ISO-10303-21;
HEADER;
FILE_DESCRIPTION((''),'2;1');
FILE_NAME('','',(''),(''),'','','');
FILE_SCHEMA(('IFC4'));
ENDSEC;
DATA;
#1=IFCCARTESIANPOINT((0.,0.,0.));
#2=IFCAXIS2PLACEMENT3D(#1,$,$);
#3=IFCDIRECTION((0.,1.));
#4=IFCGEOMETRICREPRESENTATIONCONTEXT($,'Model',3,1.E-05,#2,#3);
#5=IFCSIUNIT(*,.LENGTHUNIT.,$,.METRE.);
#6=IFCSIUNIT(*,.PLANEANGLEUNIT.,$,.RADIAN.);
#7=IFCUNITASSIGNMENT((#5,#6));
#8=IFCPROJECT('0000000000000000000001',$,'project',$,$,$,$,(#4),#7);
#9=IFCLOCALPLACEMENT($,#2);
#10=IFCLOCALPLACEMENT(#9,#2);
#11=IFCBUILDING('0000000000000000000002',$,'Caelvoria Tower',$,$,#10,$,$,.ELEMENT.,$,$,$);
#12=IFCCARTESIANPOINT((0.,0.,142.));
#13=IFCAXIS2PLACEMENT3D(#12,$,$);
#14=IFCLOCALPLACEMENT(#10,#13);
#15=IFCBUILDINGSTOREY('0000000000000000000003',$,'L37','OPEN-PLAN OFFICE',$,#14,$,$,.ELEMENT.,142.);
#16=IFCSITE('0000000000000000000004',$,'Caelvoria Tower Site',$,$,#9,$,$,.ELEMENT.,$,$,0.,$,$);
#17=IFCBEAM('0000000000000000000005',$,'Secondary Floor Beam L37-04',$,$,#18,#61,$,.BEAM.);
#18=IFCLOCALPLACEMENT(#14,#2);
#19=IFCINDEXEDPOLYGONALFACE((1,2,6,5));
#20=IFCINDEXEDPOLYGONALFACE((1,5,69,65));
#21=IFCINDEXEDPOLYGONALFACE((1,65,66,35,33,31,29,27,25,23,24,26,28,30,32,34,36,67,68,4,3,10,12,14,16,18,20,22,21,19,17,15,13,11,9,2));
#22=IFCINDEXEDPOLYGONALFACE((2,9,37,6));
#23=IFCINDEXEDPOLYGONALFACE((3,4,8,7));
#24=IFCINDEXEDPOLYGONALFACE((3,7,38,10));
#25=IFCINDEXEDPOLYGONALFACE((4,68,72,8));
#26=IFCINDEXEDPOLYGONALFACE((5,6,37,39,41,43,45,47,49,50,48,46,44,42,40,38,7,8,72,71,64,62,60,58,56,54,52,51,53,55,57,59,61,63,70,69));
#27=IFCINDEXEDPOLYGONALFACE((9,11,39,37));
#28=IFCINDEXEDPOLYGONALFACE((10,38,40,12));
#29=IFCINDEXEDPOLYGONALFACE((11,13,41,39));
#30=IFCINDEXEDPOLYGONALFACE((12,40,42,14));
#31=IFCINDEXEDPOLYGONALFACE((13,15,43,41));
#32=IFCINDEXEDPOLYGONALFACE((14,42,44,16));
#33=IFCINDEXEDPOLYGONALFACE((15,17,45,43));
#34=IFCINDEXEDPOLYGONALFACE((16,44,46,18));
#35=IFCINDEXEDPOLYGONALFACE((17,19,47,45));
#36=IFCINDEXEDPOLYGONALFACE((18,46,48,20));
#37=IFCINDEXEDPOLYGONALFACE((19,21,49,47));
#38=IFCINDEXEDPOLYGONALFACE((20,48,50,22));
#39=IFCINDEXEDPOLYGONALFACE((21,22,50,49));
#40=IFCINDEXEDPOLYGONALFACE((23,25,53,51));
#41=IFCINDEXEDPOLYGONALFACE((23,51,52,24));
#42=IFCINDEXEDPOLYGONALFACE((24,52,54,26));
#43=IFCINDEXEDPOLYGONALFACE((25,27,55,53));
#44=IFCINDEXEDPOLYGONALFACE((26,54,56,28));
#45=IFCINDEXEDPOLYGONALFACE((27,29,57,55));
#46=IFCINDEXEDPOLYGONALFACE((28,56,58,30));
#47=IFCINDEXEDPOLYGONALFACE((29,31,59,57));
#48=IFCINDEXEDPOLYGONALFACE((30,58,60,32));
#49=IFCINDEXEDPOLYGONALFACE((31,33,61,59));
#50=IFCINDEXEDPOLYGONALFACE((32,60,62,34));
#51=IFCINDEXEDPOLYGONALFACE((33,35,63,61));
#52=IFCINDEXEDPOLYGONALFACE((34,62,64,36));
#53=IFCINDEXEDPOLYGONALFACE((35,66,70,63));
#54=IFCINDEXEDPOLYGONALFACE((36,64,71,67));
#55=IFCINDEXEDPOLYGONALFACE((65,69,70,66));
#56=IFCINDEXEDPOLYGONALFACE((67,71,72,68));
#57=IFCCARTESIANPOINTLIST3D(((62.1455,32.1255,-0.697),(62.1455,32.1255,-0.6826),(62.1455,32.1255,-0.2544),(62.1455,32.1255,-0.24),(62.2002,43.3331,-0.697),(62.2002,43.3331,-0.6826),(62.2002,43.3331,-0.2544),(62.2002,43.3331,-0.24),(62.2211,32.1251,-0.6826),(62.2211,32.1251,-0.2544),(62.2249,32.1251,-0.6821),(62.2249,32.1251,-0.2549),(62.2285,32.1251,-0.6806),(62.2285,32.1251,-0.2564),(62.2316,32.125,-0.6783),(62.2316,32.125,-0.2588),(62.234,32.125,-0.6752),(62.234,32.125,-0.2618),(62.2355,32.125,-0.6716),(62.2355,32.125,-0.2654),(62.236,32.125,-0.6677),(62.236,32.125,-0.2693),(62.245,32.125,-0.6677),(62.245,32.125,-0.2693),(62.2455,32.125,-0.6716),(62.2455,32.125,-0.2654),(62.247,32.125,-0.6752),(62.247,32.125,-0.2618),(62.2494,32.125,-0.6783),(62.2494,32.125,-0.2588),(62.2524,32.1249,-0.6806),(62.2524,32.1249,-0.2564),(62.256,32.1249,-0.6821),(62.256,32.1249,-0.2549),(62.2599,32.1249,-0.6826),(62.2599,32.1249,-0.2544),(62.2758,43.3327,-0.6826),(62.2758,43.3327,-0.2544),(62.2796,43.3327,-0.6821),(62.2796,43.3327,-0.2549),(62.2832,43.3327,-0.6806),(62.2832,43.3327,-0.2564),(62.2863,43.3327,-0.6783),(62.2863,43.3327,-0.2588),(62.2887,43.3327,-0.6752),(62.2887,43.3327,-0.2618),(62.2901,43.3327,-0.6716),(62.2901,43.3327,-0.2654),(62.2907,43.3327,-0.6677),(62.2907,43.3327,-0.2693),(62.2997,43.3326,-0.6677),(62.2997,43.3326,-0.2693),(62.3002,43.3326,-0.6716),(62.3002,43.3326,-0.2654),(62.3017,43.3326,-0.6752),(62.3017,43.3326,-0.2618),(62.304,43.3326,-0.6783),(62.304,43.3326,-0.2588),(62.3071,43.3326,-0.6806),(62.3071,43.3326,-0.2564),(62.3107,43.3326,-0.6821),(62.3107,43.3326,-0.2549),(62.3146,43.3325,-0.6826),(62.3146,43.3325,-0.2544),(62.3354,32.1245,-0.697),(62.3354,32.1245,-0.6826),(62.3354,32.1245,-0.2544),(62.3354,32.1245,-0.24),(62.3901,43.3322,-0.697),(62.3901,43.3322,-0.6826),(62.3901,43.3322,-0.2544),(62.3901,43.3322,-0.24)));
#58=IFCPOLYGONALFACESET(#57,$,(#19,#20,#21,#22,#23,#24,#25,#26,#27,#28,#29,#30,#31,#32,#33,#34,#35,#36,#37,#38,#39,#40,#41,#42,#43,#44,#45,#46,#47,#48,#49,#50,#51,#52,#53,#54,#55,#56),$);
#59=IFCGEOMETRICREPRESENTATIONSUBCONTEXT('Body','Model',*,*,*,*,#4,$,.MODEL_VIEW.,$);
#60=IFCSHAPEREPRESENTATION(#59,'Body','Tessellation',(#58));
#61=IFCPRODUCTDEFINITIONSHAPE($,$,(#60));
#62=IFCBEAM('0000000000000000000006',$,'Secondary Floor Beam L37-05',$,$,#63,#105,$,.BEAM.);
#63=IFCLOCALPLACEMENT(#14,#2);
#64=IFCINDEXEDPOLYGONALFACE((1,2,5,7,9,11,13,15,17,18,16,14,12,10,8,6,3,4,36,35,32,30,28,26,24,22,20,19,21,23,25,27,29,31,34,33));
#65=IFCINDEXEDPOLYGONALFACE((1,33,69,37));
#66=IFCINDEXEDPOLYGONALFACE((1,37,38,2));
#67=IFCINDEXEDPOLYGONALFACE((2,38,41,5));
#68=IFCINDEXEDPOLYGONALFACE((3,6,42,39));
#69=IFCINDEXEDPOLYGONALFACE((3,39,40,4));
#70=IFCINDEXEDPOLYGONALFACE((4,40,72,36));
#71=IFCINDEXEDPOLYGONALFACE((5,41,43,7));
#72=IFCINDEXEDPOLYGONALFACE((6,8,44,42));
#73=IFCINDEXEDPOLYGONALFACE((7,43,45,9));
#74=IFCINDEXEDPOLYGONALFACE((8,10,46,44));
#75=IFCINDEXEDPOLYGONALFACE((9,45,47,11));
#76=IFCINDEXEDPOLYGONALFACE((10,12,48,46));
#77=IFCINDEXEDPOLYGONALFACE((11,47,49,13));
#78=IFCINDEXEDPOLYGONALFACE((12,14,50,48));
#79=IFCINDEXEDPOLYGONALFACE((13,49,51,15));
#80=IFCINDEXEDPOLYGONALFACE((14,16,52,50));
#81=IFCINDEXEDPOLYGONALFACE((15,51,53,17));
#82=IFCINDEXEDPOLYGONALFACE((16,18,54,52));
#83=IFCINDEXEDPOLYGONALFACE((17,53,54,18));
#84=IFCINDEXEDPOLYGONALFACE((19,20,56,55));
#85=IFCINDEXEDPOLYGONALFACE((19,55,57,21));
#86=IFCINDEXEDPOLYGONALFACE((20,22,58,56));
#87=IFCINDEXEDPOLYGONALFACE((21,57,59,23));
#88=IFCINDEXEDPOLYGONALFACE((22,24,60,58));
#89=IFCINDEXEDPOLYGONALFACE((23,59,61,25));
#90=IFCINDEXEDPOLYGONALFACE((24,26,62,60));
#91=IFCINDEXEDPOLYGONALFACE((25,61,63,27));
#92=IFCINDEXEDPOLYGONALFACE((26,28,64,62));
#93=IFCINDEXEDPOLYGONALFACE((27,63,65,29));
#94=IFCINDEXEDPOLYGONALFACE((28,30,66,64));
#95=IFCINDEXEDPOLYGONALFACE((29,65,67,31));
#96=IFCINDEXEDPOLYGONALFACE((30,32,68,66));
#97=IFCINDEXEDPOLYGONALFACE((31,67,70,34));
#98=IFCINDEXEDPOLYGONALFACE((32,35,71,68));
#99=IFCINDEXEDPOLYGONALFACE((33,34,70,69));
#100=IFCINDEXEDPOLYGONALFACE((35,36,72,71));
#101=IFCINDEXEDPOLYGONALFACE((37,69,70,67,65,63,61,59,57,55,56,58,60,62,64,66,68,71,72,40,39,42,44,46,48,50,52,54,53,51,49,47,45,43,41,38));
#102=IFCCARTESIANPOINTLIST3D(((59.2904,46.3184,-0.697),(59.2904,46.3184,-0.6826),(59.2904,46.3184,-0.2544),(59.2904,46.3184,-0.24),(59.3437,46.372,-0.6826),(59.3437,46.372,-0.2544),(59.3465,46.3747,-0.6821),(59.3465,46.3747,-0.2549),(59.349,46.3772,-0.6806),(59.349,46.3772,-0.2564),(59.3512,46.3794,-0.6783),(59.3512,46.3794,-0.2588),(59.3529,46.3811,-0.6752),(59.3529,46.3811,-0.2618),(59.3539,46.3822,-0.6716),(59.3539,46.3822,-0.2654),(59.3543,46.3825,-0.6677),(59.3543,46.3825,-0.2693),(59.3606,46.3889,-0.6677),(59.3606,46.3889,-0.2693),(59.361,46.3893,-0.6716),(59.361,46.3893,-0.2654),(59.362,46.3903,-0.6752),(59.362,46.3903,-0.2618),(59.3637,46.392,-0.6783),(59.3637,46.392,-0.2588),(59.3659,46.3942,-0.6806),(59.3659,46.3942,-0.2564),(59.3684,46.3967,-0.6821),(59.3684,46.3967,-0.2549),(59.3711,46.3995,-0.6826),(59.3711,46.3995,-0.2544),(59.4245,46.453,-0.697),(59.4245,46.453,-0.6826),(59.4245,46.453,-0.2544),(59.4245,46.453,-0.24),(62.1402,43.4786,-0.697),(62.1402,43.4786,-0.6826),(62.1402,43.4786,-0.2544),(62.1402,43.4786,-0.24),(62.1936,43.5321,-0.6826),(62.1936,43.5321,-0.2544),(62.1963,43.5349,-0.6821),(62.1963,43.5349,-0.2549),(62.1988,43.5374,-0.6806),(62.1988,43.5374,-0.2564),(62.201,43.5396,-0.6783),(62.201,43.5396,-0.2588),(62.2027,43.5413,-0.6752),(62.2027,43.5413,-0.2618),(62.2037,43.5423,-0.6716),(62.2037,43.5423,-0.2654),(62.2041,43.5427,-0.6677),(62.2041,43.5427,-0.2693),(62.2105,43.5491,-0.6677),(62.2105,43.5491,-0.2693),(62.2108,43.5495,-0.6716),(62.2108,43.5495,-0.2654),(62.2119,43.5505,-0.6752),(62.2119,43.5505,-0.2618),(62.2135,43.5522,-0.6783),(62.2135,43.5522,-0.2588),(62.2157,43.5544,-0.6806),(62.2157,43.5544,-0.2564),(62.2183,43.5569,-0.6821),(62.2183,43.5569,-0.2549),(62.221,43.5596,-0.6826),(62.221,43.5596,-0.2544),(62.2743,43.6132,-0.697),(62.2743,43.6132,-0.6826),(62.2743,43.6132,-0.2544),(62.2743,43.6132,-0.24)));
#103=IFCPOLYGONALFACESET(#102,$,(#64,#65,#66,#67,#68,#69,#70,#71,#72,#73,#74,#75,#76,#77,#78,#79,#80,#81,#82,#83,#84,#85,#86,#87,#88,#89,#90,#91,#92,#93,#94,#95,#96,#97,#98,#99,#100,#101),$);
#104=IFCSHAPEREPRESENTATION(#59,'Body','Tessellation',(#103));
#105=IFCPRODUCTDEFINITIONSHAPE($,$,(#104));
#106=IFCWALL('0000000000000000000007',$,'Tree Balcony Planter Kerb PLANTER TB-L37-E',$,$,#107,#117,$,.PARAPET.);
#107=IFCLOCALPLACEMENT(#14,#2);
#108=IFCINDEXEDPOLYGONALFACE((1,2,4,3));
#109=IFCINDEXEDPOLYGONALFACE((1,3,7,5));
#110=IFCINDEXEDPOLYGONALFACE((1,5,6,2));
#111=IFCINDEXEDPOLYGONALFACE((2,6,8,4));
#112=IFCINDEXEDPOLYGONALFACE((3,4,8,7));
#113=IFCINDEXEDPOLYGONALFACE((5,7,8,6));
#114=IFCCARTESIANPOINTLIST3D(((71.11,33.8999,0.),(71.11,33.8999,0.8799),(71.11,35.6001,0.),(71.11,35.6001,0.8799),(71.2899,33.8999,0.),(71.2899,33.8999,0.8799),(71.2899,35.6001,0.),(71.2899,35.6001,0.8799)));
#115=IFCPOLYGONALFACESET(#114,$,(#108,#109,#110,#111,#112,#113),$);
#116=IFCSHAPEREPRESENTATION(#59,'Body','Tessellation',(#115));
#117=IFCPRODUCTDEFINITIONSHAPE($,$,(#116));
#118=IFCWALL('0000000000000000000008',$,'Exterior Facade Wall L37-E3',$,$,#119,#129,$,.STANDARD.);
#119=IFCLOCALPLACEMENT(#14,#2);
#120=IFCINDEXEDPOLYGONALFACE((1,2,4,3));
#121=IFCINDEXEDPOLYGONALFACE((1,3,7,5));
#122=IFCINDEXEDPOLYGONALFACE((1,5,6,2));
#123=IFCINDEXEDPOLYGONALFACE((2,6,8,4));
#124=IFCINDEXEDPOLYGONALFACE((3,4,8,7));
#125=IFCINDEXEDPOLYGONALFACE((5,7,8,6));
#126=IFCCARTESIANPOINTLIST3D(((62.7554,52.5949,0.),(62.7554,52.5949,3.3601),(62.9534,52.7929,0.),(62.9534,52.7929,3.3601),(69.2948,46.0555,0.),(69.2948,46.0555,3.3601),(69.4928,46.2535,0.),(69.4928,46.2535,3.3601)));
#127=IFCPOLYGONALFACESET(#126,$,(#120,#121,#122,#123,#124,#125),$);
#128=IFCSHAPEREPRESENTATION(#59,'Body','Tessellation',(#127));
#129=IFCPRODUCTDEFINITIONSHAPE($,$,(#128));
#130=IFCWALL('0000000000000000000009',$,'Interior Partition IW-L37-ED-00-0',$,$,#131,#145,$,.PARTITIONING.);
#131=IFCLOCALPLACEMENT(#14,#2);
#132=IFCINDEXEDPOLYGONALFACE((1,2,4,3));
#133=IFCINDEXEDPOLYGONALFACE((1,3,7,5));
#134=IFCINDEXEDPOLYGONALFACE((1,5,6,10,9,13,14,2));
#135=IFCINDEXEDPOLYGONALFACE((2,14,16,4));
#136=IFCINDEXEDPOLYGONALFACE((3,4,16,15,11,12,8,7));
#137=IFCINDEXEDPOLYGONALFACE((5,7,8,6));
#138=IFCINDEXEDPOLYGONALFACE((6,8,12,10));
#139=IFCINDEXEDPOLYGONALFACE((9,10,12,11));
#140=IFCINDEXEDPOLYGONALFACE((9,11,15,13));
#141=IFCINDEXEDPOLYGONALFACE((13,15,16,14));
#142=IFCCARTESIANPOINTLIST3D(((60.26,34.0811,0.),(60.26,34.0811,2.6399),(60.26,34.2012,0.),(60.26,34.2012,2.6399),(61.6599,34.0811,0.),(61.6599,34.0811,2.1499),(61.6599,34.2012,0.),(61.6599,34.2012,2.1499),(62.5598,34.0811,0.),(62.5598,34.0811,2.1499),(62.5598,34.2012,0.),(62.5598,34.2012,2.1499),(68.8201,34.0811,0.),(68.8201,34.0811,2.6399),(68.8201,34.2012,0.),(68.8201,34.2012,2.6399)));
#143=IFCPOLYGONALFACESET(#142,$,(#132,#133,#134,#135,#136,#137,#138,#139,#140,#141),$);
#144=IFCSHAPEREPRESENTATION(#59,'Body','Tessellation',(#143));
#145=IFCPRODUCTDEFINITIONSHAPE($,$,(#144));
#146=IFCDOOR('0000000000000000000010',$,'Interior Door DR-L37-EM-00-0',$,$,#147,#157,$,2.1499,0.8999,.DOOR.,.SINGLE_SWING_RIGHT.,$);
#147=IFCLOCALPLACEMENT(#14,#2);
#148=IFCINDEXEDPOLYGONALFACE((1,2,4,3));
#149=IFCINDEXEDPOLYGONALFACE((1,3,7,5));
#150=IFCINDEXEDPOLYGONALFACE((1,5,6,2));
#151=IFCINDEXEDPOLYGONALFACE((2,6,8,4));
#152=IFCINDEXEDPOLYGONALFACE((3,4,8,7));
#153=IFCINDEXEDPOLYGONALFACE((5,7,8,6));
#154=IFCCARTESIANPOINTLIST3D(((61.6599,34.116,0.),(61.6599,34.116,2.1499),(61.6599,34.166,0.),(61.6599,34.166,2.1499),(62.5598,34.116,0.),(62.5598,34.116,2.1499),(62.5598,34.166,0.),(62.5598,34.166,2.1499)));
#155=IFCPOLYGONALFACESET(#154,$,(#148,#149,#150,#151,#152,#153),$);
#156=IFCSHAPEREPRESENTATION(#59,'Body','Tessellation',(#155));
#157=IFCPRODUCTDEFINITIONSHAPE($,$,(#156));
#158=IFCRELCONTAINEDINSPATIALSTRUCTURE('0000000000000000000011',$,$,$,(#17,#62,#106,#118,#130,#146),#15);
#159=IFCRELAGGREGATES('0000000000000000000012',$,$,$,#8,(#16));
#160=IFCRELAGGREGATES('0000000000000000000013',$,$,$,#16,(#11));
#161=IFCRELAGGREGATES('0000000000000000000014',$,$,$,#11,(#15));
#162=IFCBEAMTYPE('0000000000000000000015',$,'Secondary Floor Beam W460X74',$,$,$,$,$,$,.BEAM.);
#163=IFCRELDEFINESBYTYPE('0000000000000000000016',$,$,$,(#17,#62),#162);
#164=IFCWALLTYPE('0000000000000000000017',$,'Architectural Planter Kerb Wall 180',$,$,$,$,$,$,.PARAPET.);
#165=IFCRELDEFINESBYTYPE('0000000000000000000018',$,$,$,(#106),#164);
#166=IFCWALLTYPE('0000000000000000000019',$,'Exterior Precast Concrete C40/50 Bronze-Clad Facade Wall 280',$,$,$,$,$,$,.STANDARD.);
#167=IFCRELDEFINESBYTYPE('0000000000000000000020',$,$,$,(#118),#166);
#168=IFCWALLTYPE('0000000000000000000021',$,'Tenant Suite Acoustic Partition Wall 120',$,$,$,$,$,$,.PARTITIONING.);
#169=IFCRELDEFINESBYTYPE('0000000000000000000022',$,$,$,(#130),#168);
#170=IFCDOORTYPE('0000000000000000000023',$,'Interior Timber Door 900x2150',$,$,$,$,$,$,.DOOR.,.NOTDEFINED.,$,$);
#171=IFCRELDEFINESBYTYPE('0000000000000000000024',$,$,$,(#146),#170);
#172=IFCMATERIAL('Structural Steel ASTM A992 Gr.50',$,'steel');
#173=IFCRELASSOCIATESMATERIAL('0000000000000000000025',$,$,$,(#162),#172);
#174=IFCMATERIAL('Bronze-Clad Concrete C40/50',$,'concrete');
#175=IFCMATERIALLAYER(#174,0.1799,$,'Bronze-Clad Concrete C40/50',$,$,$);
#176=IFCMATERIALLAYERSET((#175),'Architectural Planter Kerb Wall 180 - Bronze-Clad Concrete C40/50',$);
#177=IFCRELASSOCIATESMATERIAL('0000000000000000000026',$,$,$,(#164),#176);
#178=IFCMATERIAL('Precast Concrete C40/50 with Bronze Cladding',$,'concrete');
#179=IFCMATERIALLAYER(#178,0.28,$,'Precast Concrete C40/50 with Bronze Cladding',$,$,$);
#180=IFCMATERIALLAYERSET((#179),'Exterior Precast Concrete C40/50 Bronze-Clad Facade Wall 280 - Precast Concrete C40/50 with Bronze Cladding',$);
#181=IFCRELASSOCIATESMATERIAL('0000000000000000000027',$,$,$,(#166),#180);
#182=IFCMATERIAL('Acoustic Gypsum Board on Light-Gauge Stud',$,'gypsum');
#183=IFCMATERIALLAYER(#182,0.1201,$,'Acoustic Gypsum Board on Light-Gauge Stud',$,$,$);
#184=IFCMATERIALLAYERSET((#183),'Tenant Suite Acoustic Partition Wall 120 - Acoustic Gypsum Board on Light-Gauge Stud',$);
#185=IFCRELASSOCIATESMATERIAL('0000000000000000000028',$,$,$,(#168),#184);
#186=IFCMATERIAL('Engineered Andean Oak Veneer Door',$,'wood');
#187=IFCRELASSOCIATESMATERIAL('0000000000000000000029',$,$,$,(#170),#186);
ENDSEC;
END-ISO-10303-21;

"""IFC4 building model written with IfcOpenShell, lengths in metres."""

from ifc_helpers import new_model, si_unit, direction, frame, frame_2d, origin, origin_2d, place, context, subcontext, project, spatial, rectangle, i_section, extrude, material, layer, layer_set, material_profile, profile_set, type_object, element, fill, save


model = new_model("IFC4")

# Units and contexts
model_context = context("Model", 3, precision=1e-05, world=origin(), true_north=direction((0.0, 1.0)))
body_context = subcontext(model_context, "Body", "Model", "MODEL_VIEW")
ifc_project = project(units=[si_unit("LENGTHUNIT", "METRE"), si_unit("PLANEANGLEUNIT", "RADIAN")], contexts=[model_context])

# Site, building, storey
site_placement = place(None, origin())
site = spatial("IfcSite", under=ifc_project, at=site_placement, Name="Caelvoria Tower Site", CompositionType="ELEMENT", RefElevation=0.0)
building_placement = place(site_placement, origin())
building = spatial("IfcBuilding", under=site, at=building_placement, Name="Caelvoria Tower", CompositionType="ELEMENT")
storey_placement = place(building_placement, frame((0.0, 0.0, 142.0)))
storey = spatial("IfcBuildingStorey", under=building, at=storey_placement, Name="L37", Description="OPEN-PLAN OFFICE", CompositionType="ELEMENT", Elevation=142.0)

# Beams
ifc_material_1 = material(Name="Structural Steel ASTM A992 Gr.50", Category="steel")
ifc_material_profile = material_profile(ifc_material_1, i_section(OverallWidth=0.1899, OverallDepth=0.457, WebThickness=0.009, FlangeThickness=0.0144, FilletRadius=0.0149, at=origin_2d()), Name="Structural Steel ASTM A992 Gr.50")
ifc_profile_set = profile_set([ifc_material_profile], Name="W460X74 - Structural Steel ASTM A992 Gr.50")
beam_type = type_object("IfcBeamType", Name="Secondary Floor Beam W460X74", PredefinedType="BEAM", material=ifc_profile_set)
beam_1_placement = place(storey_placement, frame((62.2405, 32.125, -0.4685), z_axis=(0.004879, 0.999988, 0.0), x_axis=(-0.999988, 0.004879, 0.0)))
element("IfcBeam", 1, at=beam_1_placement, inside=storey, type_object=beam_type, Name="Secondary Floor Beam L37-04", PredefinedType="BEAM", context=body_context, shape_type="SweptSolid", body=[
    extrude(i_section(OverallWidth=0.1899, OverallDepth=0.457, WebThickness=0.009, FlangeThickness=0.0144, FilletRadius=0.0149, at=origin_2d()), origin(), (0.0, 0.0, 1.0), 11.2078),
])
beam_2_placement = place(storey_placement, frame((62.2073, 43.5459, -0.4685), z_axis=(-0.70835, 0.705862, 0.0), x_axis=(-0.705862, -0.70835, 0.0)))
element("IfcBeam", 2, at=beam_2_placement, inside=storey, type_object=beam_type, Name="Secondary Floor Beam L37-05", PredefinedType="BEAM", context=body_context, shape_type="SweptSolid", body=[
    extrude(i_section(OverallWidth=0.1899, OverallDepth=0.457, WebThickness=0.009, FlangeThickness=0.0144, FilletRadius=0.0149, at=origin_2d()), origin(), (0.0, 0.0, 1.0), 4.0232),
])

# Walls
ifc_material_2 = material(Name="Bronze-Clad Concrete C40/50", Category="concrete")
ifc_layer_1 = layer(ifc_material_2, 0.1799, Name="Bronze-Clad Concrete C40/50")
ifc_layer_set_1 = layer_set([ifc_layer_1], Name="Architectural Planter Kerb Wall 180 - Bronze-Clad Concrete C40/50")
wall_type_1 = type_object("IfcWallType", Name="Architectural Planter Kerb Wall 180", PredefinedType="PARAPET", material=ifc_layer_set_1)
wall_1_placement = place(storey_placement, frame((71.2, 33.8999, 0.0), z_axis=(0.0, 0.0, 1.0), x_axis=(0.0, 1.0, 0.0)))
element("IfcWall", 3, at=wall_1_placement, inside=storey, type_object=wall_type_1, Name="Tree Balcony Planter Kerb PLANTER TB-L37-E", PredefinedType="PARAPET", context=body_context, shape_type="SweptSolid", body=[
    extrude(rectangle(XDim=1.7002, YDim=0.1799, at=frame_2d((0.8501, 0.0))), origin(), (0.0, 0.0, 1.0), 0.8799),
])
ifc_material_3 = material(Name="Precast Concrete C40/50 with Bronze Cladding", Category="concrete")
ifc_layer_2 = layer(ifc_material_3, 0.28, Name="Precast Concrete C40/50 with Bronze Cladding")
ifc_layer_set_2 = layer_set([ifc_layer_2], Name="Exterior Precast Concrete C40/50 Bronze-Clad Facade Wall 280 - Precast Concrete C40/50 with Bronze Cladding")
wall_type_2 = type_object("IfcWallType", Name="Exterior Precast Concrete C40/50 Bronze-Clad Facade Wall 280", PredefinedType="STANDARD", material=ifc_layer_set_2)
wall_2_placement = place(storey_placement, frame((69.3938, 46.1545, 0.0), z_axis=(0.0, 0.0, 1.0), x_axis=(-0.707107, 0.707107, 0.0)))
element("IfcWall", 4, at=wall_2_placement, inside=storey, type_object=wall_type_2, Name="Exterior Facade Wall L37-E3", PredefinedType="STANDARD", context=body_context, shape_type="SweptSolid", body=[
    extrude(rectangle(XDim=9.248, YDim=0.28, at=frame_2d((4.624, 0.0))), origin(), (0.0, 0.0, 1.0), 3.3601),
])

# Wall, opening, door
ifc_material_4 = material(Name="Acoustic Gypsum Board on Light-Gauge Stud", Category="gypsum")
ifc_layer_3 = layer(ifc_material_4, 0.1201, Name="Acoustic Gypsum Board on Light-Gauge Stud")
ifc_layer_set_3 = layer_set([ifc_layer_3], Name="Tenant Suite Acoustic Partition Wall 120 - Acoustic Gypsum Board on Light-Gauge Stud")
wall_type_3 = type_object("IfcWallType", Name="Tenant Suite Acoustic Partition Wall 120", PredefinedType="PARTITIONING", material=ifc_layer_set_3)
wall_3_placement = place(storey_placement, frame((60.26, 34.1411, 0.0), z_axis=(0.0, 0.0, 1.0), x_axis=(1.0, 0.0, 0.0)))
wall_3 = element("IfcWall", 5, at=wall_3_placement, inside=storey, type_object=wall_type_3, Name="Interior Partition IW-L37-ED-00-0", PredefinedType="PARTITIONING", context=body_context, shape_type="SweptSolid", body=[
    extrude(rectangle(XDim=8.5601, YDim=0.1201, at=frame_2d((4.28, 0.0))), origin(), (0.0, 0.0, 1.0), 2.6399),
])
opening_1_placement = place(wall_3_placement, frame((1.3999, 0.0, 0.0)))
opening_1 = element("IfcOpeningElement", 6, at=opening_1_placement, cuts=wall_3, PredefinedType="OPENING", context=body_context, shape_type="SweptSolid", body=[
    extrude(rectangle(XDim=0.8999, YDim=2.1499, at=frame_2d((0.45, 1.075))), frame((0.0, 0.0701, 0.0), z_axis=(0.0, -1.0, 0.0), x_axis=(1.0, 0.0, 0.0)), (0.0, 0.0, 1.0), 0.1401),
])
ifc_material_5 = material(Name="Engineered Andean Oak Veneer Door", Category="wood")
door_type_1 = type_object("IfcDoorType", Name="Interior Timber Door 900x2150", OperationType="NOTDEFINED", PredefinedType="DOOR", material=ifc_material_5)
door_1_placement = place(opening_1_placement, origin())
door_1 = element("IfcDoor", 7, at=door_1_placement, inside=storey, type_object=door_type_1, Name="Interior Door DR-L37-EM-00-0", OperationType="SINGLE_SWING_RIGHT", OverallHeight=2.1499, OverallWidth=0.8999, PredefinedType="DOOR", context=body_context, shape_type="SweptSolid", body=[
    extrude(rectangle(XDim=0.8999, YDim=2.1499, at=frame_2d((0.45, 1.075))), frame((0.0, 0.0249, 0.0), z_axis=(0.0, -1.0, 0.0), x_axis=(1.0, 0.0, 0.0)), (0.0, 0.0, 1.0), 0.05),
])
fill(opening_1, door_1)

save(model, "model.ifc")
